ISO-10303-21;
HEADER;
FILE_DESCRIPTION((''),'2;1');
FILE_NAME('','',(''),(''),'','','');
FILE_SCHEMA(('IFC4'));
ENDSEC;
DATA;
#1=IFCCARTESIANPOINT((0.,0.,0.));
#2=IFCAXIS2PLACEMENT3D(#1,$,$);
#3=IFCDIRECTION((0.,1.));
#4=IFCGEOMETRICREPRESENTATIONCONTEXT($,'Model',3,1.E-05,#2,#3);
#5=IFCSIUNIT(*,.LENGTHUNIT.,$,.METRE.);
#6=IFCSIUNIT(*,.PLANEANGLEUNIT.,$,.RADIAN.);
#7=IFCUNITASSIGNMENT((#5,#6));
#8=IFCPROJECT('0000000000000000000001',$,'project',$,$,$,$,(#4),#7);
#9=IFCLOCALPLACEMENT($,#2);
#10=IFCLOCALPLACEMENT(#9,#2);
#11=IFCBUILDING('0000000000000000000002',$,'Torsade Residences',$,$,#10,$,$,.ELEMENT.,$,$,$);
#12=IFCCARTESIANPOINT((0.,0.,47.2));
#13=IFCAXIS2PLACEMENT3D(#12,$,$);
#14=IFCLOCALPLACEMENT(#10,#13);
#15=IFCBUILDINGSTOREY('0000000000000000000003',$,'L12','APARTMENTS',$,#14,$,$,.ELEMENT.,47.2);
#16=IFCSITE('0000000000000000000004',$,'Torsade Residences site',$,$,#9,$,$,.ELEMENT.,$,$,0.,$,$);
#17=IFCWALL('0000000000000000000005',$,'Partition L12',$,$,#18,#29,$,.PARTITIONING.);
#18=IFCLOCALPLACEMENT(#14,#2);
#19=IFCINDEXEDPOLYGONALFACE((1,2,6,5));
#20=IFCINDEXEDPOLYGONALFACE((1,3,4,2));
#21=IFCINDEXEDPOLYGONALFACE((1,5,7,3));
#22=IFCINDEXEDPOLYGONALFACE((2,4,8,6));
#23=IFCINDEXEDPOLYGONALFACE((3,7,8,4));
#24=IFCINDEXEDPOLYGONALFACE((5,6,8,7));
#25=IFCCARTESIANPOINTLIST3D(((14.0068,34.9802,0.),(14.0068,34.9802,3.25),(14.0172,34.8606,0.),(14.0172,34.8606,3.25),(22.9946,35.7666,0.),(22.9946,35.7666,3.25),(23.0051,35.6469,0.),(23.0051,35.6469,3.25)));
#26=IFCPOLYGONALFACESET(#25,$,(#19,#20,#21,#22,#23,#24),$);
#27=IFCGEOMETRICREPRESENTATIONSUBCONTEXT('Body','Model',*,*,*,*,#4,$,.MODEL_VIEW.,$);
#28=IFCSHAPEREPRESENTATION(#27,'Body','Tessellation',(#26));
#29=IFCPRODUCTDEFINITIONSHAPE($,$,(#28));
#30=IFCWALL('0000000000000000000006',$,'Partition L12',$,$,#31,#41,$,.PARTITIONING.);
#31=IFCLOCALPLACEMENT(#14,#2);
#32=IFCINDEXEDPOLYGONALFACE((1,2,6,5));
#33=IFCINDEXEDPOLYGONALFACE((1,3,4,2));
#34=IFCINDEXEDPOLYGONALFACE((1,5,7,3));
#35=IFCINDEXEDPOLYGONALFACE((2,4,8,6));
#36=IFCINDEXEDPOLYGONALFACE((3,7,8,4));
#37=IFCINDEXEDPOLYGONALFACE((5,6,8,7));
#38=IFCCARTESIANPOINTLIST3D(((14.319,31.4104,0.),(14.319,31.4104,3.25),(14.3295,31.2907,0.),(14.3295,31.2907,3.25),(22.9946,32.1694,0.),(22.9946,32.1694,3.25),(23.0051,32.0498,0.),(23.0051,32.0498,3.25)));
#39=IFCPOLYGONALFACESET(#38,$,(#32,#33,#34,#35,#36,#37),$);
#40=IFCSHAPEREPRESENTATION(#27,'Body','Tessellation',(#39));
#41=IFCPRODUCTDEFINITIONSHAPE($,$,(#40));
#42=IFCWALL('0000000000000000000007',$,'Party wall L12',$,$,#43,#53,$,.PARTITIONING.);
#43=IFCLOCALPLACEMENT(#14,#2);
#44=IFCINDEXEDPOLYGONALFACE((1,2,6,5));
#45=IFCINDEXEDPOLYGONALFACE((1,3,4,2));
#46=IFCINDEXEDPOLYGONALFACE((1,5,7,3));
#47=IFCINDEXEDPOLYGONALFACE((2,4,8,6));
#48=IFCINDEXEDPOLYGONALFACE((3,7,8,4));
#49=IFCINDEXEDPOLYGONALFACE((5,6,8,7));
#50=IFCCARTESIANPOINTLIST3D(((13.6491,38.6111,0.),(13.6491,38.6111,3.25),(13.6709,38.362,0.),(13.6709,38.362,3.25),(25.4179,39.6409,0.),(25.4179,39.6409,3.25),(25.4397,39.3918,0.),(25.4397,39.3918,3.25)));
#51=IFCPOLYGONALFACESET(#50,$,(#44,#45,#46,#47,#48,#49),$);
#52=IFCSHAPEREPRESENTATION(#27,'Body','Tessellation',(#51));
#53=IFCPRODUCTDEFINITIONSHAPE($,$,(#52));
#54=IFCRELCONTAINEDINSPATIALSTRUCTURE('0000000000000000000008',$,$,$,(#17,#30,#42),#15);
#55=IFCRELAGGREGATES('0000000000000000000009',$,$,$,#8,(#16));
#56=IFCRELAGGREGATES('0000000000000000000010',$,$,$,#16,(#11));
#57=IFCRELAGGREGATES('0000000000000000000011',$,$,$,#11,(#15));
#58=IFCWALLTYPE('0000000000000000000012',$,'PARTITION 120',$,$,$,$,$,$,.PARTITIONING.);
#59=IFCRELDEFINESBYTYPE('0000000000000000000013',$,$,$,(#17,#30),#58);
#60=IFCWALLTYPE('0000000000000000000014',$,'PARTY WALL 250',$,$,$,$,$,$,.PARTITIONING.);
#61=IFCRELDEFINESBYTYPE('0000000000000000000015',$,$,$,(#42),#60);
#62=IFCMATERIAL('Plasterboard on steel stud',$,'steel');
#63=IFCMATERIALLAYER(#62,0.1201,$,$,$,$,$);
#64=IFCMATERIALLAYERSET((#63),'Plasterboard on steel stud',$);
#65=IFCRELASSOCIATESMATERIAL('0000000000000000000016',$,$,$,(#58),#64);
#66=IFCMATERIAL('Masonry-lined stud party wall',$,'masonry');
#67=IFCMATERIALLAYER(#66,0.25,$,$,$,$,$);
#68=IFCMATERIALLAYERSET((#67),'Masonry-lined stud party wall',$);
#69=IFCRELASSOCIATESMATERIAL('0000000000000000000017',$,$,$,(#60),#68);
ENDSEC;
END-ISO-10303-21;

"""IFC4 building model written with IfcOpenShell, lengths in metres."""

from ifc_helpers import new_model, si_unit, direction, frame, frame_2d, origin, place, context, subcontext, project, spatial, rectangle, extrude, material, layer, layer_set, type_object, element, save


model = new_model("IFC4")

# Units and contexts
model_context = context("Model", 3, precision=1e-05, world=origin(), true_north=direction((0.0, 1.0)))
body_context = subcontext(model_context, "Body", "Model", "MODEL_VIEW")
ifc_project = project(units=[si_unit("LENGTHUNIT", "METRE"), si_unit("PLANEANGLEUNIT", "RADIAN")], contexts=[model_context])

# Site, building, storey
site_placement = place(None, origin())
site = spatial("IfcSite", under=ifc_project, at=site_placement, Name="Torsade Residences site", CompositionType="ELEMENT", RefElevation=0.0)
building_placement = place(site_placement, origin())
building = spatial("IfcBuilding", under=site, at=building_placement, Name="Torsade Residences", CompositionType="ELEMENT")
storey_placement = place(building_placement, frame((0.0, 0.0, 47.2)))
storey = spatial("IfcBuildingStorey", under=building, at=storey_placement, Name="L12", Description="APARTMENTS", CompositionType="ELEMENT", Elevation=47.2)

# Shared definitions
ifc_material_1 = material(Name="Plasterboard on steel stud", Category="steel")
ifc_layer_1 = layer(ifc_material_1, 0.1201)
ifc_layer_set_1 = layer_set([ifc_layer_1], Name="Plasterboard on steel stud")
wall_type_1 = type_object("IfcWallType", Name="PARTITION 120", PredefinedType="PARTITIONING", material=ifc_layer_set_1)

# Walls
wall_1_placement = place(storey_placement, frame((23.0, 35.7068, 0.0), z_axis=(0.0, 0.0, 1.0), x_axis=(-0.996194, -0.087161, 0.0)))
element("IfcWall", 1, at=wall_1_placement, inside=storey, type_object=wall_type_1, Name="Partition L12", PredefinedType="PARTITIONING", context=body_context, shape_type="SweptSolid", body=[
    extrude(rectangle(XDim=9.0222, YDim=0.1201, at=frame_2d((4.5112, 0.0))), origin(), (0.0, 0.0, 1.0), 3.25),
])
wall_2_placement = place(storey_placement, frame((23.0, 32.1096, 0.0), z_axis=(0.0, 0.0, 1.0), x_axis=(-0.996194, -0.087158, 0.0)))
element("IfcWall", 2, at=wall_2_placement, inside=storey, type_object=wall_type_1, Name="Partition L12", PredefinedType="PARTITIONING", context=body_context, shape_type="SweptSolid", body=[
    extrude(rectangle(XDim=8.7087, YDim=0.1201, at=frame_2d((4.3545, 0.0))), origin(), (0.0, 0.0, 1.0), 3.25),
])
ifc_material_2 = material(Name="Masonry-lined stud party wall", Category="masonry")
ifc_layer_2 = layer(ifc_material_2, 0.25)
ifc_layer_set_2 = layer_set([ifc_layer_2], Name="Masonry-lined stud party wall")
wall_type_2 = type_object("IfcWallType", Name="PARTY WALL 250", PredefinedType="PARTITIONING", material=ifc_layer_set_2)
wall_3_placement = place(storey_placement, frame((13.6602, 38.4866, 0.0), z_axis=(0.0, 0.0, 1.0), x_axis=(0.996194, 0.087168, 0.0)))
element("IfcWall", 3, at=wall_3_placement, inside=storey, type_object=wall_type_2, Name="Party wall L12", PredefinedType="PARTITIONING", context=body_context, shape_type="SweptSolid", body=[
    extrude(rectangle(XDim=11.8137, YDim=0.25, at=frame_2d((5.9067, 0.0))), origin(), (0.0, 0.0, 1.0), 3.25),
])

save(model, "model.ifc")
